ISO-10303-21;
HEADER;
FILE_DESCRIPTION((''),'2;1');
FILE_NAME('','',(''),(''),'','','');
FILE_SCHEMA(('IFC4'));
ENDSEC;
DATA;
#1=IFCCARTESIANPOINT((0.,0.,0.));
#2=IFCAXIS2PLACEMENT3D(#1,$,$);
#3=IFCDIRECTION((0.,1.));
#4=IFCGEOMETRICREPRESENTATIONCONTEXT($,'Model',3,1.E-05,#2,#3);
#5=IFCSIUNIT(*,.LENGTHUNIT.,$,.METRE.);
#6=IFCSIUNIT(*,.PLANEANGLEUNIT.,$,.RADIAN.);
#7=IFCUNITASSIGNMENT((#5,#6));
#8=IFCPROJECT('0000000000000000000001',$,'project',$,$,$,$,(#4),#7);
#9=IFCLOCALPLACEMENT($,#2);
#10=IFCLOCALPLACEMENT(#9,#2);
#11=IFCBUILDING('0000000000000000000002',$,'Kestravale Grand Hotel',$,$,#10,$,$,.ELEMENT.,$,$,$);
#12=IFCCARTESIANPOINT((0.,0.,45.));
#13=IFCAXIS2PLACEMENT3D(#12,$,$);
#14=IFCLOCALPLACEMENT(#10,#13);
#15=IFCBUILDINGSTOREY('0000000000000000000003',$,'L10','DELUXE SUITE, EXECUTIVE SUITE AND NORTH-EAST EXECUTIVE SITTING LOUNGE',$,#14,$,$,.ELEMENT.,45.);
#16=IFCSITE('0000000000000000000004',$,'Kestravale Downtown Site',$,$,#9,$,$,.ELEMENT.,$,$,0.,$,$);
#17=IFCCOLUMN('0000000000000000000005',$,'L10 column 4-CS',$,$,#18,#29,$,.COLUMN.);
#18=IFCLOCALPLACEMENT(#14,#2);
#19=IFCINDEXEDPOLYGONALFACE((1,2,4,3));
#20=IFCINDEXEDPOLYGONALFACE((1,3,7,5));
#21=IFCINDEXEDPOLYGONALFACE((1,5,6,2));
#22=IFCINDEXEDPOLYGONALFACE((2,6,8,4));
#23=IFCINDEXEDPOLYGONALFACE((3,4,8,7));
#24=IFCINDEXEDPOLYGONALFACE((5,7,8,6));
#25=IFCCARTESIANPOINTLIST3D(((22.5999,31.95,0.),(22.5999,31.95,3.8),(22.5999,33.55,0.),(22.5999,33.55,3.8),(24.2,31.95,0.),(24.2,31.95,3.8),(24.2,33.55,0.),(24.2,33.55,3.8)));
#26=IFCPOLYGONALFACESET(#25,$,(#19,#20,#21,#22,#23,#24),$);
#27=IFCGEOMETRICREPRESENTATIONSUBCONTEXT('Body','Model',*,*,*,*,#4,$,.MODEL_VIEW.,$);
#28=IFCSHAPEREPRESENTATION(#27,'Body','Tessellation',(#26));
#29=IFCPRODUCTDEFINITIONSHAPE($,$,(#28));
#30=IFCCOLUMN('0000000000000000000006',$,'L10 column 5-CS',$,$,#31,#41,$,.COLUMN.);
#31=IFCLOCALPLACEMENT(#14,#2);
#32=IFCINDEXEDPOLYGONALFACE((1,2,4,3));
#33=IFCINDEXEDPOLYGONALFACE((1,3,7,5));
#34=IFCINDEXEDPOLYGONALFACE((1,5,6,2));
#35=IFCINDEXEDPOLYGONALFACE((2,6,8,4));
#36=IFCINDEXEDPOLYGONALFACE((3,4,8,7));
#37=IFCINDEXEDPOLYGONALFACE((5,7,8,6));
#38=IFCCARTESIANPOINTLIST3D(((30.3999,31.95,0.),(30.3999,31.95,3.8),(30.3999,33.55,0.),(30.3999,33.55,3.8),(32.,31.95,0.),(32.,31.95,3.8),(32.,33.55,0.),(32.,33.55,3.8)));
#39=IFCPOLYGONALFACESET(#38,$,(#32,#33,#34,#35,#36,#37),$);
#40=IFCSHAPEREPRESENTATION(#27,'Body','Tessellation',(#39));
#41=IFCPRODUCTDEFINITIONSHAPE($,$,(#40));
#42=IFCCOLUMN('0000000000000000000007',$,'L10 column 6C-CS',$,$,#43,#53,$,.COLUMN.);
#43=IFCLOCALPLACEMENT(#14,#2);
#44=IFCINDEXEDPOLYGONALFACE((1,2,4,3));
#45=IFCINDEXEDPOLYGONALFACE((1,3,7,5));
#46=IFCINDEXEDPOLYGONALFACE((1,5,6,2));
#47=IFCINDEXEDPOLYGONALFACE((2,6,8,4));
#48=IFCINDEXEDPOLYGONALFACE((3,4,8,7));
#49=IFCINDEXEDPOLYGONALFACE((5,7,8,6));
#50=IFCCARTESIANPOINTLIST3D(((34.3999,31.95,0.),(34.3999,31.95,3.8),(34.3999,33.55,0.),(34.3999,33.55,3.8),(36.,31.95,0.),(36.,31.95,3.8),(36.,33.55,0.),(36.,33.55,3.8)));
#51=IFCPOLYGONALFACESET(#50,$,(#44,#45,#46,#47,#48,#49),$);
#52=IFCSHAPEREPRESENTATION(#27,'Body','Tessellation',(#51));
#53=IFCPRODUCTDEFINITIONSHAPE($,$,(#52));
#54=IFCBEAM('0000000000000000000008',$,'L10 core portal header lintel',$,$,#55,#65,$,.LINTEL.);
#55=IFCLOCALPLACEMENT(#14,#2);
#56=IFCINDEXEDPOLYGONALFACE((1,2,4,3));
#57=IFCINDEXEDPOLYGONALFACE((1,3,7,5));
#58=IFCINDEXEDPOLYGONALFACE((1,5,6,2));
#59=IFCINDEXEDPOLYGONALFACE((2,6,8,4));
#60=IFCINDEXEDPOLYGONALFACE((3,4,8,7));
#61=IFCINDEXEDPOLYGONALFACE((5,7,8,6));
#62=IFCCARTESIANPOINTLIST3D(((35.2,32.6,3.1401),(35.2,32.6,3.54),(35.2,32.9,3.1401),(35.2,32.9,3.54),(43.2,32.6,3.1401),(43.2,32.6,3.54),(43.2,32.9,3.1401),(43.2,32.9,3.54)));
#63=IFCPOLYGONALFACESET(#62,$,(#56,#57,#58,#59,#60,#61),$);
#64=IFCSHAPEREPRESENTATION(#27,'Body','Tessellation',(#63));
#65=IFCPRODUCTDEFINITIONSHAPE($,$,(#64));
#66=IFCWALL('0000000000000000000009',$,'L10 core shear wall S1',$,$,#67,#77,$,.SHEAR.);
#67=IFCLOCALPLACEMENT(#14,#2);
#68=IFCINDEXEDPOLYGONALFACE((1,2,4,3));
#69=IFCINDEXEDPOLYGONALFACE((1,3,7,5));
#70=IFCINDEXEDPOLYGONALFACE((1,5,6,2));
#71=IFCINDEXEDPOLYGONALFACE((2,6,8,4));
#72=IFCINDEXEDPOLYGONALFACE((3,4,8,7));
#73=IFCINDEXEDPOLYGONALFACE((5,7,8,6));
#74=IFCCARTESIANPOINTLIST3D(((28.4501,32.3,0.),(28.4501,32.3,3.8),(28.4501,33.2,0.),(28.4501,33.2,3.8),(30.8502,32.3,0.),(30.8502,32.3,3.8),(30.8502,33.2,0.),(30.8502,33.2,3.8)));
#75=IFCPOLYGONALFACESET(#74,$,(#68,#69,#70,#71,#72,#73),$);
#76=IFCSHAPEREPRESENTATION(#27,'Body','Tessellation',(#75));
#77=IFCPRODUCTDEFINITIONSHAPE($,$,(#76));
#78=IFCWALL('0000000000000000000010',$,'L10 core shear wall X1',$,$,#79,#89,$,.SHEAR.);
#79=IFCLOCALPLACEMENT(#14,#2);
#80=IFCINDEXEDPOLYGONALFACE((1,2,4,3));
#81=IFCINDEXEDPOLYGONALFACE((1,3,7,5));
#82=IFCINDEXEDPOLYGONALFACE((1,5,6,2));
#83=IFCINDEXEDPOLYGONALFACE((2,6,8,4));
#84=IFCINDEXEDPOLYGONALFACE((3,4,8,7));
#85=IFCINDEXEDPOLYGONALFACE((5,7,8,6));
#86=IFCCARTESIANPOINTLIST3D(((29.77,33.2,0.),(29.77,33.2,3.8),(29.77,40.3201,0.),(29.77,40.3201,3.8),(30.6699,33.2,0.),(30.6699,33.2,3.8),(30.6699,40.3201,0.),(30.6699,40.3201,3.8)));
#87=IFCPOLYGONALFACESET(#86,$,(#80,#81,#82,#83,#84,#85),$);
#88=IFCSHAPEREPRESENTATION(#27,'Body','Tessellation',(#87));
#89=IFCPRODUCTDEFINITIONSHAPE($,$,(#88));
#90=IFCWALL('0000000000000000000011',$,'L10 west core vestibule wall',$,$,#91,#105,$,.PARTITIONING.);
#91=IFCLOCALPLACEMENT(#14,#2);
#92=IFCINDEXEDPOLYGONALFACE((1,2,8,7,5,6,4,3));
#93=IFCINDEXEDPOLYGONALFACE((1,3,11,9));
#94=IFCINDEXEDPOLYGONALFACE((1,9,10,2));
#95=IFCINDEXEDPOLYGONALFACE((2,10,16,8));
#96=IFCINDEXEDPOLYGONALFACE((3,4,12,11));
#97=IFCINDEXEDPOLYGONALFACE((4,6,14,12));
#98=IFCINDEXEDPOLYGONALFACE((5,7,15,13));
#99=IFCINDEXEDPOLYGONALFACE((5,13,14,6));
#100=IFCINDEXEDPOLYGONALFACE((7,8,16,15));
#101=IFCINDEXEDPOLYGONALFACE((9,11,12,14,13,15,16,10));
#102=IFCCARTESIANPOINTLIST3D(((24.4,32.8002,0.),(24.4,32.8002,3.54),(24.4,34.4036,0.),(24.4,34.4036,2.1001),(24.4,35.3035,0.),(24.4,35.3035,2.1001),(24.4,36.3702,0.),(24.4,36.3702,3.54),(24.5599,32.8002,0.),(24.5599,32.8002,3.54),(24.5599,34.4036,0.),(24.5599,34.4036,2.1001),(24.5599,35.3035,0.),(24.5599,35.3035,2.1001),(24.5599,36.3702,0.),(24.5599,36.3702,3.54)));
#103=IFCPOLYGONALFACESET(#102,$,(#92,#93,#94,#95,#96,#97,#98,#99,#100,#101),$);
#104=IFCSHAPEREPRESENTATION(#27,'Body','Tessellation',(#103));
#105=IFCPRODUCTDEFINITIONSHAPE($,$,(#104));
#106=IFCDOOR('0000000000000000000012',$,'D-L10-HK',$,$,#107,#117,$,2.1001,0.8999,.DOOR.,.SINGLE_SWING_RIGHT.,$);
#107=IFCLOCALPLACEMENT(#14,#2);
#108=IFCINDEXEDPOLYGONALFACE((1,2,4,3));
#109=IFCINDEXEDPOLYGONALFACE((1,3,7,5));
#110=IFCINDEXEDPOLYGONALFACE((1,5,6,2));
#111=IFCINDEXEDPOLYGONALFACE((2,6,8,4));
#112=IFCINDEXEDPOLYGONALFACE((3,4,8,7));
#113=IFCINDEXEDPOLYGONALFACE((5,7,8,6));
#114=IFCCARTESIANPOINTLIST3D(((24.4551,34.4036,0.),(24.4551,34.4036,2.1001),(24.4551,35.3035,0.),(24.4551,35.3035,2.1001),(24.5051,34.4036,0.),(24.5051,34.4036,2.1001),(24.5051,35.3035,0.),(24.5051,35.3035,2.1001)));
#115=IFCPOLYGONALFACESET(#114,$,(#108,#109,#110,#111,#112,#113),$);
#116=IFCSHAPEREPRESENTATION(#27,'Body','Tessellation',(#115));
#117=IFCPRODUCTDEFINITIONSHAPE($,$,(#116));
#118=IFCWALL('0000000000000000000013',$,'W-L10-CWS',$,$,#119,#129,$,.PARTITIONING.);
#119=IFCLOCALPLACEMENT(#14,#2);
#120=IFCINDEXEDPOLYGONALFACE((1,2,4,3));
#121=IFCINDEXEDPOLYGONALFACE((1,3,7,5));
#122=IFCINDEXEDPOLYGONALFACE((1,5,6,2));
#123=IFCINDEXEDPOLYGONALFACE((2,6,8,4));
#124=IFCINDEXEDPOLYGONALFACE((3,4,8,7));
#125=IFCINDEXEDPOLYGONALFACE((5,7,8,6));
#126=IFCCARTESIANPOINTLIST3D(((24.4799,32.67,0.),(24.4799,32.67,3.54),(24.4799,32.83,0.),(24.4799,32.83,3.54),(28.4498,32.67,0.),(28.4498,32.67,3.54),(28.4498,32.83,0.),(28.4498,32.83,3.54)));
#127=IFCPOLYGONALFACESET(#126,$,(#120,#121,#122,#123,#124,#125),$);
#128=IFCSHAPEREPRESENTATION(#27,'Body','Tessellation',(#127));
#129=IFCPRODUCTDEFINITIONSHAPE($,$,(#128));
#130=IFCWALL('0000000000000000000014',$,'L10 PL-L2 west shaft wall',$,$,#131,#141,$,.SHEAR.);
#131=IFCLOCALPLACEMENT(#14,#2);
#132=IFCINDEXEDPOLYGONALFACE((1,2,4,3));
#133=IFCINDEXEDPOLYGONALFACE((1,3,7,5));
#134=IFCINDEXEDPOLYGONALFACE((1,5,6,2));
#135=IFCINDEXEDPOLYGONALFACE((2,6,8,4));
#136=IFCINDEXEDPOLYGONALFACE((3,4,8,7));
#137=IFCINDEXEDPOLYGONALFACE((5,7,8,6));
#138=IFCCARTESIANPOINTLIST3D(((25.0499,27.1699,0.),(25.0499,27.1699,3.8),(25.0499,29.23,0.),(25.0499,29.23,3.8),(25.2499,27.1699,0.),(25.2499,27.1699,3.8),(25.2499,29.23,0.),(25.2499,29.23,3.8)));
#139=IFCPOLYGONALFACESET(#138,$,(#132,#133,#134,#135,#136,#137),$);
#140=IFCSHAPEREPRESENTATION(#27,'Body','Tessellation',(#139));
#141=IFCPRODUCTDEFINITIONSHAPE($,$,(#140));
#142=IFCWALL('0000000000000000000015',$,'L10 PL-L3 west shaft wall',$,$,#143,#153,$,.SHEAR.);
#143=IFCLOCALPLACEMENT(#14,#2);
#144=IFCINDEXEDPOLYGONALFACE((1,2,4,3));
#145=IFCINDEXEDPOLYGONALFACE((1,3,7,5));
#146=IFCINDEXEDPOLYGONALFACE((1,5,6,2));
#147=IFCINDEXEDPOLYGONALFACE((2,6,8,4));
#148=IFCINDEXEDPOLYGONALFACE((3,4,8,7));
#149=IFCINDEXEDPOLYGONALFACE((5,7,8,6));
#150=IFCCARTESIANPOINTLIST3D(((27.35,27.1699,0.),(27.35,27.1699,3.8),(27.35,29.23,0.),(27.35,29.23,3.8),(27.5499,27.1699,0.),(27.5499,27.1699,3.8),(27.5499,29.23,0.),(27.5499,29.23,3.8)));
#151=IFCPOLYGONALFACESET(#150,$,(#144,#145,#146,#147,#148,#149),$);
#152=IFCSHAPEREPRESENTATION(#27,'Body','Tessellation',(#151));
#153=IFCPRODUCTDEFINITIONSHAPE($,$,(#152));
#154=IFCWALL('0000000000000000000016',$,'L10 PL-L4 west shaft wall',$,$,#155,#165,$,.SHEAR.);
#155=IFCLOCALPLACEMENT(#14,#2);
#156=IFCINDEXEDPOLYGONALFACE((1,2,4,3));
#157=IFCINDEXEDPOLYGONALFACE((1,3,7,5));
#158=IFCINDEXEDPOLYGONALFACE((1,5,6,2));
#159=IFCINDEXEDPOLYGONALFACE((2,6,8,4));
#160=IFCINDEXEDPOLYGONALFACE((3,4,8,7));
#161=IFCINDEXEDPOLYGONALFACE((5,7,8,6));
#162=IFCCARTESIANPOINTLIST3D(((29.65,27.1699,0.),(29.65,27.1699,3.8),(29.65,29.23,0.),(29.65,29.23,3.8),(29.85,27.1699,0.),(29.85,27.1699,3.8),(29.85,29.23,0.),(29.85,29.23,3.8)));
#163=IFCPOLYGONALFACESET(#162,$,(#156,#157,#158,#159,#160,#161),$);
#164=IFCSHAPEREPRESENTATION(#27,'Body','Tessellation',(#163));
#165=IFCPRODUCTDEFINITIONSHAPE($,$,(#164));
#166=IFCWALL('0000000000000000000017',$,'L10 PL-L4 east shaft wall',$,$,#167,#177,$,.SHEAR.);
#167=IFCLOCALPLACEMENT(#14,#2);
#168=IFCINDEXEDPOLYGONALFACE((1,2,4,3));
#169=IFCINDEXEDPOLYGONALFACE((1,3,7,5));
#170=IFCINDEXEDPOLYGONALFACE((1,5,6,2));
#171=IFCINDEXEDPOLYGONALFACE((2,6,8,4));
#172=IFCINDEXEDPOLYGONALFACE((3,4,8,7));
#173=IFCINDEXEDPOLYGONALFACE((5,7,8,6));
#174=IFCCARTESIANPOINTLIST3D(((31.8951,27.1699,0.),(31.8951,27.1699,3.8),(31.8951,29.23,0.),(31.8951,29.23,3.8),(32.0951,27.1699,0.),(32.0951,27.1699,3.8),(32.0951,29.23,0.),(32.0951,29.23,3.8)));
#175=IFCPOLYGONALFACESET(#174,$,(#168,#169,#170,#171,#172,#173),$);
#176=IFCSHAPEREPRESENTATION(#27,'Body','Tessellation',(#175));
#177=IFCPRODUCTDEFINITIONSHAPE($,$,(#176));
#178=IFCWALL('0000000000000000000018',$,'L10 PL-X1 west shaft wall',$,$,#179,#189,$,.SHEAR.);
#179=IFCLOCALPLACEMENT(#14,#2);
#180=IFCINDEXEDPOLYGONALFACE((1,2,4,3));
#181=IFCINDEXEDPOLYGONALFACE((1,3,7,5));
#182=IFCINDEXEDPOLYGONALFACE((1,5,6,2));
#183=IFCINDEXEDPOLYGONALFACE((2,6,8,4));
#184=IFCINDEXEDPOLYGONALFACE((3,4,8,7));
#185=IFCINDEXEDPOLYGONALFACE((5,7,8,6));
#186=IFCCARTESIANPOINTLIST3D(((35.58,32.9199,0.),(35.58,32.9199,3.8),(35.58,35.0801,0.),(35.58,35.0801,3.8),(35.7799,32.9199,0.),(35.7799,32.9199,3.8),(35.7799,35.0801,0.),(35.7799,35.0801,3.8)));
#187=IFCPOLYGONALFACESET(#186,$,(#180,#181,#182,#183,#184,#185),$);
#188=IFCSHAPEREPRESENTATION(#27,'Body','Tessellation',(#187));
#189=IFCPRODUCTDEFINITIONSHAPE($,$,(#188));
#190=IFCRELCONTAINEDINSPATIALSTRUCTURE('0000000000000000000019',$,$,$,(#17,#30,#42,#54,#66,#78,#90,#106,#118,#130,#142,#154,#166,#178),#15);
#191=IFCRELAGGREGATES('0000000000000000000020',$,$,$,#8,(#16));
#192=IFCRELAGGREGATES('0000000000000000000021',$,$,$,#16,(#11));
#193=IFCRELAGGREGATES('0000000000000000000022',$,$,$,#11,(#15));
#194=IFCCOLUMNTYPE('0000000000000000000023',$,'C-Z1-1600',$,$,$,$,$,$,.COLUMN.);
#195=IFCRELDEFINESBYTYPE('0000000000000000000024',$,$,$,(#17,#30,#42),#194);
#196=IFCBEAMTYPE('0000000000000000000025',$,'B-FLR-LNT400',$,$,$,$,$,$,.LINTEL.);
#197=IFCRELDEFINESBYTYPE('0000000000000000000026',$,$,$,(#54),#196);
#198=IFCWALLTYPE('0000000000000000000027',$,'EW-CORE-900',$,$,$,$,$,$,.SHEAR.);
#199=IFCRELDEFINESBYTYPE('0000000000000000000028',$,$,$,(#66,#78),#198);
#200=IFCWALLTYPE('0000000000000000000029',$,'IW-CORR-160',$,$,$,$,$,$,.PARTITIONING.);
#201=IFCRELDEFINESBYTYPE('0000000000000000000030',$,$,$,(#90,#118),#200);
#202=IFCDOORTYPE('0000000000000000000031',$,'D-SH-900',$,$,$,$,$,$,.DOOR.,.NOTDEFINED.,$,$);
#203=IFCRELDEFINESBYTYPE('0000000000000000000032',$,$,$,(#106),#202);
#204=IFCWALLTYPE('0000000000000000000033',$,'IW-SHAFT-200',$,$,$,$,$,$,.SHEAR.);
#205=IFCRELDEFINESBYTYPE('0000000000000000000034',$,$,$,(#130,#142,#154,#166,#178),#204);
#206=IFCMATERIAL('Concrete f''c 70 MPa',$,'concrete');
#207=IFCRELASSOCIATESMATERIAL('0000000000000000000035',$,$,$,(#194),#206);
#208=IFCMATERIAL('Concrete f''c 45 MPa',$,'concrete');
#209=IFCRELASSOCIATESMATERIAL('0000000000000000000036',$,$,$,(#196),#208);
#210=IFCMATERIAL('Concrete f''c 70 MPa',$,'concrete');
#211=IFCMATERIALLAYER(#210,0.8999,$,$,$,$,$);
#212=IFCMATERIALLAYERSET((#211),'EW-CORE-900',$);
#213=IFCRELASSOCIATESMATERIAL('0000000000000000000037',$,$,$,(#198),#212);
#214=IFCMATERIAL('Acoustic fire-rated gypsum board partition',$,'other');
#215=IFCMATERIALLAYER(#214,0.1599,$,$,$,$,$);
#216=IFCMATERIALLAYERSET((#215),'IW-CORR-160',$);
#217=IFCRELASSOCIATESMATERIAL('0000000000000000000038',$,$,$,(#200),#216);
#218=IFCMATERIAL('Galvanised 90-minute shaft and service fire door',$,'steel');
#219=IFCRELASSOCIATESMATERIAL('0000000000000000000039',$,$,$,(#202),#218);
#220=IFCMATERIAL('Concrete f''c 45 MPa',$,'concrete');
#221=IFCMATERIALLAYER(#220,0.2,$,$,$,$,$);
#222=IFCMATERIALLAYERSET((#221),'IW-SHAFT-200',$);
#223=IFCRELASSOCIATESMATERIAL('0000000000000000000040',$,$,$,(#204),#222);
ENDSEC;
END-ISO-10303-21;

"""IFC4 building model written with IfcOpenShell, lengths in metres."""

from ifc_helpers import new_model, si_unit, direction, frame, frame_2d, origin, origin_2d, place, context, subcontext, project, spatial, rectangle, extrude, material, layer, layer_set, material_profile, profile_set, type_object, element, fill, save


model = new_model("IFC4")

# Units and contexts
model_context = context("Model", 3, precision=1e-05, world=origin(), true_north=direction((0.0, 1.0)))
body_context = subcontext(model_context, "Body", "Model", "MODEL_VIEW")
ifc_project = project(units=[si_unit("LENGTHUNIT", "METRE"), si_unit("PLANEANGLEUNIT", "RADIAN")], contexts=[model_context])

# Site, building, storey
site_placement = place(None, origin())
site = spatial("IfcSite", under=ifc_project, at=site_placement, Name="Kestravale Downtown Site", CompositionType="ELEMENT", RefElevation=0.0)
building_placement = place(site_placement, origin())
building = spatial("IfcBuilding", under=site, at=building_placement, Name="Kestravale Grand Hotel", CompositionType="ELEMENT")
storey_placement = place(building_placement, frame((0.0, 0.0, 45.0)))
storey = spatial("IfcBuildingStorey", under=building, at=storey_placement, Name="L10", Description="DELUXE SUITE, EXECUTIVE SUITE AND NORTH-EAST EXECUTIVE SITTING LOUNGE", CompositionType="ELEMENT", Elevation=45.0)

# Columns
ifc_material_1 = material(Name="Concrete f'c 70 MPa", Category="concrete")
ifc_material_profile_1 = material_profile(ifc_material_1, rectangle(XDim=1.6001, YDim=1.6001, at=origin_2d()))
ifc_profile_set_1 = profile_set([ifc_material_profile_1], Name="Concrete f'c 70 MPa")
column_type = type_object("IfcColumnType", Name="C-Z1-1600", PredefinedType="COLUMN", material=ifc_profile_set_1)
for number, where, z_axis, x_axis, name in (
    (1, (23.3999, 32.75, 0.0), (0.0, 0.0, 1.0), (1.0, 0.0, 0.0), "L10 column 4-CS"),
    (2, (31.2, 32.75, 0.0), (0.0, 0.0, 1.0), (1.0, 0.0, 0.0), "L10 column 5-CS"),
    (3, (35.2, 32.75, 0.0), (0.0, 0.0, 1.0), (1.0, 0.0, 0.0), "L10 column 6C-CS"),
):
    element("IfcColumn", number, at=place(storey_placement, frame(where, z_axis=z_axis, x_axis=x_axis)), inside=storey, type_object=column_type, Name=name, PredefinedType="COLUMN", context=body_context, shape_type="SweptSolid", body=[
        extrude(rectangle(XDim=1.6001, YDim=1.6001, at=origin_2d()), origin(), (0.0, 0.0, 1.0), 3.8),
    ])

# Beam
ifc_material_2 = material(Name="Concrete f'c 45 MPa", Category="concrete")
ifc_material_profile_2 = material_profile(ifc_material_2, rectangle(XDim=0.3, YDim=0.3999, at=origin_2d()))
ifc_profile_set_2 = profile_set([ifc_material_profile_2], Name="Concrete f'c 45 MPa")
beam_type = type_object("IfcBeamType", Name="B-FLR-LNT400", PredefinedType="LINTEL", material=ifc_profile_set_2)
beam_placement = place(storey_placement, frame((35.2, 32.75, 3.3401), z_axis=(1.0, 0.0, 0.0), x_axis=(0.0, 1.0, 0.0)))
element("IfcBeam", 4, at=beam_placement, inside=storey, type_object=beam_type, Name="L10 core portal header lintel", PredefinedType="LINTEL", context=body_context, shape_type="SweptSolid", body=[
    extrude(rectangle(XDim=0.3, YDim=0.3999, at=origin_2d()), origin(), (0.0, 0.0, 1.0), 8.0),
])

# Walls
ifc_material_3 = material(Name="Concrete f'c 70 MPa", Category="concrete")
ifc_layer_1 = layer(ifc_material_3, 0.8999)
ifc_layer_set_1 = layer_set([ifc_layer_1], Name="EW-CORE-900")
wall_type_1 = type_object("IfcWallType", Name="EW-CORE-900", PredefinedType="SHEAR", material=ifc_layer_set_1)
wall_1_placement = place(storey_placement, frame((28.45, 32.75, 0.0), z_axis=(0.0, 0.0, 1.0), x_axis=(1.0, 0.0, 0.0)))
element("IfcWall", 5, at=wall_1_placement, inside=storey, type_object=wall_type_1, Name="L10 core shear wall S1", PredefinedType="SHEAR", context=body_context, shape_type="SweptSolid", body=[
    extrude(rectangle(XDim=2.4001, YDim=0.8999, at=frame_2d((1.2002, 0.0))), origin(), (0.0, 0.0, 1.0), 3.8),
])
wall_2_placement = place(storey_placement, frame((30.22, 33.2, 0.0), z_axis=(0.0, 0.0, 1.0), x_axis=(0.0, 1.0, 0.0)))
element("IfcWall", 6, at=wall_2_placement, inside=storey, type_object=wall_type_1, Name="L10 core shear wall X1", PredefinedType="SHEAR", context=body_context, shape_type="SweptSolid", body=[
    extrude(rectangle(XDim=7.1201, YDim=0.8999, at=frame_2d((3.5601, 0.0))), origin(), (0.0, 0.0, 1.0), 3.8),
])

# Wall, opening, door
ifc_material_4 = material(Name="Acoustic fire-rated gypsum board partition", Category="other")
ifc_layer_2 = layer(ifc_material_4, 0.1599)
ifc_layer_set_2 = layer_set([ifc_layer_2], Name="IW-CORR-160")
wall_type_2 = type_object("IfcWallType", Name="IW-CORR-160", PredefinedType="PARTITIONING", material=ifc_layer_set_2)
wall_3_placement = place(storey_placement, frame((24.48, 32.8, 0.0), z_axis=(0.0, 0.0, 1.0), x_axis=(0.0, 1.0, 0.0)))
wall_3 = element("IfcWall", 7, at=wall_3_placement, inside=storey, type_object=wall_type_2, Name="L10 west core vestibule wall", PredefinedType="PARTITIONING", context=body_context, shape_type="SweptSolid", body=[
    extrude(rectangle(XDim=3.5701, YDim=0.1599, at=frame_2d((1.7852, 0.0))), origin(), (0.0, 0.0, 1.0), 3.54),
])
opening_1_placement = place(wall_3_placement, frame((1.6035, 0.0, 0.0)))
opening_1 = element("IfcOpeningElement", 8, at=opening_1_placement, cuts=wall_3, PredefinedType="OPENING", context=body_context, shape_type="SweptSolid", body=[
    extrude(rectangle(XDim=0.8999, YDim=2.1001, at=frame_2d((0.45, 1.05))), frame((0.0, 0.0898, 0.0), z_axis=(0.0, -1.0, 0.0), x_axis=(1.0, 0.0, 0.0)), (0.0, 0.0, 1.0), 0.1799),
])
ifc_material_5 = material(Name="Galvanised 90-minute shaft and service fire door", Category="steel")
door_type_1 = type_object("IfcDoorType", Name="D-SH-900", OperationType="NOTDEFINED", PredefinedType="DOOR", material=ifc_material_5)
door_1_placement = place(opening_1_placement, origin())
door_1 = element("IfcDoor", 9, at=door_1_placement, inside=storey, type_object=door_type_1, Name="D-L10-HK", OperationType="SINGLE_SWING_RIGHT", OverallHeight=2.1001, OverallWidth=0.8999, PredefinedType="DOOR", context=body_context, shape_type="SweptSolid", body=[
    extrude(rectangle(XDim=0.8999, YDim=2.1001, at=frame_2d((0.45, 1.05))), frame((0.0, 0.0249, 0.0), z_axis=(0.0, -1.0, 0.0), x_axis=(1.0, 0.0, 0.0)), (0.0, 0.0, 1.0), 0.05),
])
fill(opening_1, door_1)

# Walls
wall_4_placement = place(storey_placement, frame((24.48, 32.75, 0.0), z_axis=(0.0, 0.0, 1.0), x_axis=(1.0, 0.0, 0.0)))
element("IfcWall", 10, at=wall_4_placement, inside=storey, type_object=wall_type_2, Name="W-L10-CWS", PredefinedType="PARTITIONING", context=body_context, shape_type="SweptSolid", body=[
    extrude(rectangle(XDim=3.97, YDim=0.1599, at=frame_2d((1.9849, 0.0))), origin(), (0.0, 0.0, 1.0), 3.54),
])
ifc_material_6 = material(Name="Concrete f'c 45 MPa", Category="concrete")
ifc_layer_3 = layer(ifc_material_6, 0.2)
ifc_layer_set_3 = layer_set([ifc_layer_3], Name="IW-SHAFT-200")
wall_type_3 = type_object("IfcWallType", Name="IW-SHAFT-200", PredefinedType="SHEAR", material=ifc_layer_set_3)
for number, where, z_axis, x_axis, name in (
    (11, (25.1499, 27.1699, 0.0), (0.0, 0.0, 1.0), (0.0, 1.0, 0.0), "L10 PL-L2 west shaft wall"),
    (12, (27.45, 27.1699, 0.0), (0.0, 0.0, 1.0), (0.0, 1.0, 0.0), "L10 PL-L3 west shaft wall"),
    (13, (29.75, 27.1699, 0.0), (0.0, 0.0, 1.0), (0.0, 1.0, 0.0), "L10 PL-L4 west shaft wall"),
    (14, (31.9951, 27.1699, 0.0), (0.0, 0.0, 1.0), (0.0, 1.0, 0.0), "L10 PL-L4 east shaft wall"),
):
    element("IfcWall", number, at=place(storey_placement, frame(where, z_axis=z_axis, x_axis=x_axis)), inside=storey, type_object=wall_type_3, Name=name, PredefinedType="SHEAR", context=body_context, shape_type="SweptSolid", body=[
        extrude(rectangle(XDim=2.0601, YDim=0.2, at=frame_2d((1.03, 0.0))), origin(), (0.0, 0.0, 1.0), 3.8),
    ])
wall_5_placement = place(storey_placement, frame((35.6799, 32.9199, 0.0), z_axis=(0.0, 0.0, 1.0), x_axis=(0.0, 1.0, 0.0)))
element("IfcWall", 15, at=wall_5_placement, inside=storey, type_object=wall_type_3, Name="L10 PL-X1 west shaft wall", PredefinedType="SHEAR", context=body_context, shape_type="SweptSolid", body=[
    extrude(rectangle(XDim=2.1602, YDim=0.2, at=frame_2d((1.0801, 0.0))), origin(), (0.0, 0.0, 1.0), 3.8),
])

save(model, "model.ifc")
